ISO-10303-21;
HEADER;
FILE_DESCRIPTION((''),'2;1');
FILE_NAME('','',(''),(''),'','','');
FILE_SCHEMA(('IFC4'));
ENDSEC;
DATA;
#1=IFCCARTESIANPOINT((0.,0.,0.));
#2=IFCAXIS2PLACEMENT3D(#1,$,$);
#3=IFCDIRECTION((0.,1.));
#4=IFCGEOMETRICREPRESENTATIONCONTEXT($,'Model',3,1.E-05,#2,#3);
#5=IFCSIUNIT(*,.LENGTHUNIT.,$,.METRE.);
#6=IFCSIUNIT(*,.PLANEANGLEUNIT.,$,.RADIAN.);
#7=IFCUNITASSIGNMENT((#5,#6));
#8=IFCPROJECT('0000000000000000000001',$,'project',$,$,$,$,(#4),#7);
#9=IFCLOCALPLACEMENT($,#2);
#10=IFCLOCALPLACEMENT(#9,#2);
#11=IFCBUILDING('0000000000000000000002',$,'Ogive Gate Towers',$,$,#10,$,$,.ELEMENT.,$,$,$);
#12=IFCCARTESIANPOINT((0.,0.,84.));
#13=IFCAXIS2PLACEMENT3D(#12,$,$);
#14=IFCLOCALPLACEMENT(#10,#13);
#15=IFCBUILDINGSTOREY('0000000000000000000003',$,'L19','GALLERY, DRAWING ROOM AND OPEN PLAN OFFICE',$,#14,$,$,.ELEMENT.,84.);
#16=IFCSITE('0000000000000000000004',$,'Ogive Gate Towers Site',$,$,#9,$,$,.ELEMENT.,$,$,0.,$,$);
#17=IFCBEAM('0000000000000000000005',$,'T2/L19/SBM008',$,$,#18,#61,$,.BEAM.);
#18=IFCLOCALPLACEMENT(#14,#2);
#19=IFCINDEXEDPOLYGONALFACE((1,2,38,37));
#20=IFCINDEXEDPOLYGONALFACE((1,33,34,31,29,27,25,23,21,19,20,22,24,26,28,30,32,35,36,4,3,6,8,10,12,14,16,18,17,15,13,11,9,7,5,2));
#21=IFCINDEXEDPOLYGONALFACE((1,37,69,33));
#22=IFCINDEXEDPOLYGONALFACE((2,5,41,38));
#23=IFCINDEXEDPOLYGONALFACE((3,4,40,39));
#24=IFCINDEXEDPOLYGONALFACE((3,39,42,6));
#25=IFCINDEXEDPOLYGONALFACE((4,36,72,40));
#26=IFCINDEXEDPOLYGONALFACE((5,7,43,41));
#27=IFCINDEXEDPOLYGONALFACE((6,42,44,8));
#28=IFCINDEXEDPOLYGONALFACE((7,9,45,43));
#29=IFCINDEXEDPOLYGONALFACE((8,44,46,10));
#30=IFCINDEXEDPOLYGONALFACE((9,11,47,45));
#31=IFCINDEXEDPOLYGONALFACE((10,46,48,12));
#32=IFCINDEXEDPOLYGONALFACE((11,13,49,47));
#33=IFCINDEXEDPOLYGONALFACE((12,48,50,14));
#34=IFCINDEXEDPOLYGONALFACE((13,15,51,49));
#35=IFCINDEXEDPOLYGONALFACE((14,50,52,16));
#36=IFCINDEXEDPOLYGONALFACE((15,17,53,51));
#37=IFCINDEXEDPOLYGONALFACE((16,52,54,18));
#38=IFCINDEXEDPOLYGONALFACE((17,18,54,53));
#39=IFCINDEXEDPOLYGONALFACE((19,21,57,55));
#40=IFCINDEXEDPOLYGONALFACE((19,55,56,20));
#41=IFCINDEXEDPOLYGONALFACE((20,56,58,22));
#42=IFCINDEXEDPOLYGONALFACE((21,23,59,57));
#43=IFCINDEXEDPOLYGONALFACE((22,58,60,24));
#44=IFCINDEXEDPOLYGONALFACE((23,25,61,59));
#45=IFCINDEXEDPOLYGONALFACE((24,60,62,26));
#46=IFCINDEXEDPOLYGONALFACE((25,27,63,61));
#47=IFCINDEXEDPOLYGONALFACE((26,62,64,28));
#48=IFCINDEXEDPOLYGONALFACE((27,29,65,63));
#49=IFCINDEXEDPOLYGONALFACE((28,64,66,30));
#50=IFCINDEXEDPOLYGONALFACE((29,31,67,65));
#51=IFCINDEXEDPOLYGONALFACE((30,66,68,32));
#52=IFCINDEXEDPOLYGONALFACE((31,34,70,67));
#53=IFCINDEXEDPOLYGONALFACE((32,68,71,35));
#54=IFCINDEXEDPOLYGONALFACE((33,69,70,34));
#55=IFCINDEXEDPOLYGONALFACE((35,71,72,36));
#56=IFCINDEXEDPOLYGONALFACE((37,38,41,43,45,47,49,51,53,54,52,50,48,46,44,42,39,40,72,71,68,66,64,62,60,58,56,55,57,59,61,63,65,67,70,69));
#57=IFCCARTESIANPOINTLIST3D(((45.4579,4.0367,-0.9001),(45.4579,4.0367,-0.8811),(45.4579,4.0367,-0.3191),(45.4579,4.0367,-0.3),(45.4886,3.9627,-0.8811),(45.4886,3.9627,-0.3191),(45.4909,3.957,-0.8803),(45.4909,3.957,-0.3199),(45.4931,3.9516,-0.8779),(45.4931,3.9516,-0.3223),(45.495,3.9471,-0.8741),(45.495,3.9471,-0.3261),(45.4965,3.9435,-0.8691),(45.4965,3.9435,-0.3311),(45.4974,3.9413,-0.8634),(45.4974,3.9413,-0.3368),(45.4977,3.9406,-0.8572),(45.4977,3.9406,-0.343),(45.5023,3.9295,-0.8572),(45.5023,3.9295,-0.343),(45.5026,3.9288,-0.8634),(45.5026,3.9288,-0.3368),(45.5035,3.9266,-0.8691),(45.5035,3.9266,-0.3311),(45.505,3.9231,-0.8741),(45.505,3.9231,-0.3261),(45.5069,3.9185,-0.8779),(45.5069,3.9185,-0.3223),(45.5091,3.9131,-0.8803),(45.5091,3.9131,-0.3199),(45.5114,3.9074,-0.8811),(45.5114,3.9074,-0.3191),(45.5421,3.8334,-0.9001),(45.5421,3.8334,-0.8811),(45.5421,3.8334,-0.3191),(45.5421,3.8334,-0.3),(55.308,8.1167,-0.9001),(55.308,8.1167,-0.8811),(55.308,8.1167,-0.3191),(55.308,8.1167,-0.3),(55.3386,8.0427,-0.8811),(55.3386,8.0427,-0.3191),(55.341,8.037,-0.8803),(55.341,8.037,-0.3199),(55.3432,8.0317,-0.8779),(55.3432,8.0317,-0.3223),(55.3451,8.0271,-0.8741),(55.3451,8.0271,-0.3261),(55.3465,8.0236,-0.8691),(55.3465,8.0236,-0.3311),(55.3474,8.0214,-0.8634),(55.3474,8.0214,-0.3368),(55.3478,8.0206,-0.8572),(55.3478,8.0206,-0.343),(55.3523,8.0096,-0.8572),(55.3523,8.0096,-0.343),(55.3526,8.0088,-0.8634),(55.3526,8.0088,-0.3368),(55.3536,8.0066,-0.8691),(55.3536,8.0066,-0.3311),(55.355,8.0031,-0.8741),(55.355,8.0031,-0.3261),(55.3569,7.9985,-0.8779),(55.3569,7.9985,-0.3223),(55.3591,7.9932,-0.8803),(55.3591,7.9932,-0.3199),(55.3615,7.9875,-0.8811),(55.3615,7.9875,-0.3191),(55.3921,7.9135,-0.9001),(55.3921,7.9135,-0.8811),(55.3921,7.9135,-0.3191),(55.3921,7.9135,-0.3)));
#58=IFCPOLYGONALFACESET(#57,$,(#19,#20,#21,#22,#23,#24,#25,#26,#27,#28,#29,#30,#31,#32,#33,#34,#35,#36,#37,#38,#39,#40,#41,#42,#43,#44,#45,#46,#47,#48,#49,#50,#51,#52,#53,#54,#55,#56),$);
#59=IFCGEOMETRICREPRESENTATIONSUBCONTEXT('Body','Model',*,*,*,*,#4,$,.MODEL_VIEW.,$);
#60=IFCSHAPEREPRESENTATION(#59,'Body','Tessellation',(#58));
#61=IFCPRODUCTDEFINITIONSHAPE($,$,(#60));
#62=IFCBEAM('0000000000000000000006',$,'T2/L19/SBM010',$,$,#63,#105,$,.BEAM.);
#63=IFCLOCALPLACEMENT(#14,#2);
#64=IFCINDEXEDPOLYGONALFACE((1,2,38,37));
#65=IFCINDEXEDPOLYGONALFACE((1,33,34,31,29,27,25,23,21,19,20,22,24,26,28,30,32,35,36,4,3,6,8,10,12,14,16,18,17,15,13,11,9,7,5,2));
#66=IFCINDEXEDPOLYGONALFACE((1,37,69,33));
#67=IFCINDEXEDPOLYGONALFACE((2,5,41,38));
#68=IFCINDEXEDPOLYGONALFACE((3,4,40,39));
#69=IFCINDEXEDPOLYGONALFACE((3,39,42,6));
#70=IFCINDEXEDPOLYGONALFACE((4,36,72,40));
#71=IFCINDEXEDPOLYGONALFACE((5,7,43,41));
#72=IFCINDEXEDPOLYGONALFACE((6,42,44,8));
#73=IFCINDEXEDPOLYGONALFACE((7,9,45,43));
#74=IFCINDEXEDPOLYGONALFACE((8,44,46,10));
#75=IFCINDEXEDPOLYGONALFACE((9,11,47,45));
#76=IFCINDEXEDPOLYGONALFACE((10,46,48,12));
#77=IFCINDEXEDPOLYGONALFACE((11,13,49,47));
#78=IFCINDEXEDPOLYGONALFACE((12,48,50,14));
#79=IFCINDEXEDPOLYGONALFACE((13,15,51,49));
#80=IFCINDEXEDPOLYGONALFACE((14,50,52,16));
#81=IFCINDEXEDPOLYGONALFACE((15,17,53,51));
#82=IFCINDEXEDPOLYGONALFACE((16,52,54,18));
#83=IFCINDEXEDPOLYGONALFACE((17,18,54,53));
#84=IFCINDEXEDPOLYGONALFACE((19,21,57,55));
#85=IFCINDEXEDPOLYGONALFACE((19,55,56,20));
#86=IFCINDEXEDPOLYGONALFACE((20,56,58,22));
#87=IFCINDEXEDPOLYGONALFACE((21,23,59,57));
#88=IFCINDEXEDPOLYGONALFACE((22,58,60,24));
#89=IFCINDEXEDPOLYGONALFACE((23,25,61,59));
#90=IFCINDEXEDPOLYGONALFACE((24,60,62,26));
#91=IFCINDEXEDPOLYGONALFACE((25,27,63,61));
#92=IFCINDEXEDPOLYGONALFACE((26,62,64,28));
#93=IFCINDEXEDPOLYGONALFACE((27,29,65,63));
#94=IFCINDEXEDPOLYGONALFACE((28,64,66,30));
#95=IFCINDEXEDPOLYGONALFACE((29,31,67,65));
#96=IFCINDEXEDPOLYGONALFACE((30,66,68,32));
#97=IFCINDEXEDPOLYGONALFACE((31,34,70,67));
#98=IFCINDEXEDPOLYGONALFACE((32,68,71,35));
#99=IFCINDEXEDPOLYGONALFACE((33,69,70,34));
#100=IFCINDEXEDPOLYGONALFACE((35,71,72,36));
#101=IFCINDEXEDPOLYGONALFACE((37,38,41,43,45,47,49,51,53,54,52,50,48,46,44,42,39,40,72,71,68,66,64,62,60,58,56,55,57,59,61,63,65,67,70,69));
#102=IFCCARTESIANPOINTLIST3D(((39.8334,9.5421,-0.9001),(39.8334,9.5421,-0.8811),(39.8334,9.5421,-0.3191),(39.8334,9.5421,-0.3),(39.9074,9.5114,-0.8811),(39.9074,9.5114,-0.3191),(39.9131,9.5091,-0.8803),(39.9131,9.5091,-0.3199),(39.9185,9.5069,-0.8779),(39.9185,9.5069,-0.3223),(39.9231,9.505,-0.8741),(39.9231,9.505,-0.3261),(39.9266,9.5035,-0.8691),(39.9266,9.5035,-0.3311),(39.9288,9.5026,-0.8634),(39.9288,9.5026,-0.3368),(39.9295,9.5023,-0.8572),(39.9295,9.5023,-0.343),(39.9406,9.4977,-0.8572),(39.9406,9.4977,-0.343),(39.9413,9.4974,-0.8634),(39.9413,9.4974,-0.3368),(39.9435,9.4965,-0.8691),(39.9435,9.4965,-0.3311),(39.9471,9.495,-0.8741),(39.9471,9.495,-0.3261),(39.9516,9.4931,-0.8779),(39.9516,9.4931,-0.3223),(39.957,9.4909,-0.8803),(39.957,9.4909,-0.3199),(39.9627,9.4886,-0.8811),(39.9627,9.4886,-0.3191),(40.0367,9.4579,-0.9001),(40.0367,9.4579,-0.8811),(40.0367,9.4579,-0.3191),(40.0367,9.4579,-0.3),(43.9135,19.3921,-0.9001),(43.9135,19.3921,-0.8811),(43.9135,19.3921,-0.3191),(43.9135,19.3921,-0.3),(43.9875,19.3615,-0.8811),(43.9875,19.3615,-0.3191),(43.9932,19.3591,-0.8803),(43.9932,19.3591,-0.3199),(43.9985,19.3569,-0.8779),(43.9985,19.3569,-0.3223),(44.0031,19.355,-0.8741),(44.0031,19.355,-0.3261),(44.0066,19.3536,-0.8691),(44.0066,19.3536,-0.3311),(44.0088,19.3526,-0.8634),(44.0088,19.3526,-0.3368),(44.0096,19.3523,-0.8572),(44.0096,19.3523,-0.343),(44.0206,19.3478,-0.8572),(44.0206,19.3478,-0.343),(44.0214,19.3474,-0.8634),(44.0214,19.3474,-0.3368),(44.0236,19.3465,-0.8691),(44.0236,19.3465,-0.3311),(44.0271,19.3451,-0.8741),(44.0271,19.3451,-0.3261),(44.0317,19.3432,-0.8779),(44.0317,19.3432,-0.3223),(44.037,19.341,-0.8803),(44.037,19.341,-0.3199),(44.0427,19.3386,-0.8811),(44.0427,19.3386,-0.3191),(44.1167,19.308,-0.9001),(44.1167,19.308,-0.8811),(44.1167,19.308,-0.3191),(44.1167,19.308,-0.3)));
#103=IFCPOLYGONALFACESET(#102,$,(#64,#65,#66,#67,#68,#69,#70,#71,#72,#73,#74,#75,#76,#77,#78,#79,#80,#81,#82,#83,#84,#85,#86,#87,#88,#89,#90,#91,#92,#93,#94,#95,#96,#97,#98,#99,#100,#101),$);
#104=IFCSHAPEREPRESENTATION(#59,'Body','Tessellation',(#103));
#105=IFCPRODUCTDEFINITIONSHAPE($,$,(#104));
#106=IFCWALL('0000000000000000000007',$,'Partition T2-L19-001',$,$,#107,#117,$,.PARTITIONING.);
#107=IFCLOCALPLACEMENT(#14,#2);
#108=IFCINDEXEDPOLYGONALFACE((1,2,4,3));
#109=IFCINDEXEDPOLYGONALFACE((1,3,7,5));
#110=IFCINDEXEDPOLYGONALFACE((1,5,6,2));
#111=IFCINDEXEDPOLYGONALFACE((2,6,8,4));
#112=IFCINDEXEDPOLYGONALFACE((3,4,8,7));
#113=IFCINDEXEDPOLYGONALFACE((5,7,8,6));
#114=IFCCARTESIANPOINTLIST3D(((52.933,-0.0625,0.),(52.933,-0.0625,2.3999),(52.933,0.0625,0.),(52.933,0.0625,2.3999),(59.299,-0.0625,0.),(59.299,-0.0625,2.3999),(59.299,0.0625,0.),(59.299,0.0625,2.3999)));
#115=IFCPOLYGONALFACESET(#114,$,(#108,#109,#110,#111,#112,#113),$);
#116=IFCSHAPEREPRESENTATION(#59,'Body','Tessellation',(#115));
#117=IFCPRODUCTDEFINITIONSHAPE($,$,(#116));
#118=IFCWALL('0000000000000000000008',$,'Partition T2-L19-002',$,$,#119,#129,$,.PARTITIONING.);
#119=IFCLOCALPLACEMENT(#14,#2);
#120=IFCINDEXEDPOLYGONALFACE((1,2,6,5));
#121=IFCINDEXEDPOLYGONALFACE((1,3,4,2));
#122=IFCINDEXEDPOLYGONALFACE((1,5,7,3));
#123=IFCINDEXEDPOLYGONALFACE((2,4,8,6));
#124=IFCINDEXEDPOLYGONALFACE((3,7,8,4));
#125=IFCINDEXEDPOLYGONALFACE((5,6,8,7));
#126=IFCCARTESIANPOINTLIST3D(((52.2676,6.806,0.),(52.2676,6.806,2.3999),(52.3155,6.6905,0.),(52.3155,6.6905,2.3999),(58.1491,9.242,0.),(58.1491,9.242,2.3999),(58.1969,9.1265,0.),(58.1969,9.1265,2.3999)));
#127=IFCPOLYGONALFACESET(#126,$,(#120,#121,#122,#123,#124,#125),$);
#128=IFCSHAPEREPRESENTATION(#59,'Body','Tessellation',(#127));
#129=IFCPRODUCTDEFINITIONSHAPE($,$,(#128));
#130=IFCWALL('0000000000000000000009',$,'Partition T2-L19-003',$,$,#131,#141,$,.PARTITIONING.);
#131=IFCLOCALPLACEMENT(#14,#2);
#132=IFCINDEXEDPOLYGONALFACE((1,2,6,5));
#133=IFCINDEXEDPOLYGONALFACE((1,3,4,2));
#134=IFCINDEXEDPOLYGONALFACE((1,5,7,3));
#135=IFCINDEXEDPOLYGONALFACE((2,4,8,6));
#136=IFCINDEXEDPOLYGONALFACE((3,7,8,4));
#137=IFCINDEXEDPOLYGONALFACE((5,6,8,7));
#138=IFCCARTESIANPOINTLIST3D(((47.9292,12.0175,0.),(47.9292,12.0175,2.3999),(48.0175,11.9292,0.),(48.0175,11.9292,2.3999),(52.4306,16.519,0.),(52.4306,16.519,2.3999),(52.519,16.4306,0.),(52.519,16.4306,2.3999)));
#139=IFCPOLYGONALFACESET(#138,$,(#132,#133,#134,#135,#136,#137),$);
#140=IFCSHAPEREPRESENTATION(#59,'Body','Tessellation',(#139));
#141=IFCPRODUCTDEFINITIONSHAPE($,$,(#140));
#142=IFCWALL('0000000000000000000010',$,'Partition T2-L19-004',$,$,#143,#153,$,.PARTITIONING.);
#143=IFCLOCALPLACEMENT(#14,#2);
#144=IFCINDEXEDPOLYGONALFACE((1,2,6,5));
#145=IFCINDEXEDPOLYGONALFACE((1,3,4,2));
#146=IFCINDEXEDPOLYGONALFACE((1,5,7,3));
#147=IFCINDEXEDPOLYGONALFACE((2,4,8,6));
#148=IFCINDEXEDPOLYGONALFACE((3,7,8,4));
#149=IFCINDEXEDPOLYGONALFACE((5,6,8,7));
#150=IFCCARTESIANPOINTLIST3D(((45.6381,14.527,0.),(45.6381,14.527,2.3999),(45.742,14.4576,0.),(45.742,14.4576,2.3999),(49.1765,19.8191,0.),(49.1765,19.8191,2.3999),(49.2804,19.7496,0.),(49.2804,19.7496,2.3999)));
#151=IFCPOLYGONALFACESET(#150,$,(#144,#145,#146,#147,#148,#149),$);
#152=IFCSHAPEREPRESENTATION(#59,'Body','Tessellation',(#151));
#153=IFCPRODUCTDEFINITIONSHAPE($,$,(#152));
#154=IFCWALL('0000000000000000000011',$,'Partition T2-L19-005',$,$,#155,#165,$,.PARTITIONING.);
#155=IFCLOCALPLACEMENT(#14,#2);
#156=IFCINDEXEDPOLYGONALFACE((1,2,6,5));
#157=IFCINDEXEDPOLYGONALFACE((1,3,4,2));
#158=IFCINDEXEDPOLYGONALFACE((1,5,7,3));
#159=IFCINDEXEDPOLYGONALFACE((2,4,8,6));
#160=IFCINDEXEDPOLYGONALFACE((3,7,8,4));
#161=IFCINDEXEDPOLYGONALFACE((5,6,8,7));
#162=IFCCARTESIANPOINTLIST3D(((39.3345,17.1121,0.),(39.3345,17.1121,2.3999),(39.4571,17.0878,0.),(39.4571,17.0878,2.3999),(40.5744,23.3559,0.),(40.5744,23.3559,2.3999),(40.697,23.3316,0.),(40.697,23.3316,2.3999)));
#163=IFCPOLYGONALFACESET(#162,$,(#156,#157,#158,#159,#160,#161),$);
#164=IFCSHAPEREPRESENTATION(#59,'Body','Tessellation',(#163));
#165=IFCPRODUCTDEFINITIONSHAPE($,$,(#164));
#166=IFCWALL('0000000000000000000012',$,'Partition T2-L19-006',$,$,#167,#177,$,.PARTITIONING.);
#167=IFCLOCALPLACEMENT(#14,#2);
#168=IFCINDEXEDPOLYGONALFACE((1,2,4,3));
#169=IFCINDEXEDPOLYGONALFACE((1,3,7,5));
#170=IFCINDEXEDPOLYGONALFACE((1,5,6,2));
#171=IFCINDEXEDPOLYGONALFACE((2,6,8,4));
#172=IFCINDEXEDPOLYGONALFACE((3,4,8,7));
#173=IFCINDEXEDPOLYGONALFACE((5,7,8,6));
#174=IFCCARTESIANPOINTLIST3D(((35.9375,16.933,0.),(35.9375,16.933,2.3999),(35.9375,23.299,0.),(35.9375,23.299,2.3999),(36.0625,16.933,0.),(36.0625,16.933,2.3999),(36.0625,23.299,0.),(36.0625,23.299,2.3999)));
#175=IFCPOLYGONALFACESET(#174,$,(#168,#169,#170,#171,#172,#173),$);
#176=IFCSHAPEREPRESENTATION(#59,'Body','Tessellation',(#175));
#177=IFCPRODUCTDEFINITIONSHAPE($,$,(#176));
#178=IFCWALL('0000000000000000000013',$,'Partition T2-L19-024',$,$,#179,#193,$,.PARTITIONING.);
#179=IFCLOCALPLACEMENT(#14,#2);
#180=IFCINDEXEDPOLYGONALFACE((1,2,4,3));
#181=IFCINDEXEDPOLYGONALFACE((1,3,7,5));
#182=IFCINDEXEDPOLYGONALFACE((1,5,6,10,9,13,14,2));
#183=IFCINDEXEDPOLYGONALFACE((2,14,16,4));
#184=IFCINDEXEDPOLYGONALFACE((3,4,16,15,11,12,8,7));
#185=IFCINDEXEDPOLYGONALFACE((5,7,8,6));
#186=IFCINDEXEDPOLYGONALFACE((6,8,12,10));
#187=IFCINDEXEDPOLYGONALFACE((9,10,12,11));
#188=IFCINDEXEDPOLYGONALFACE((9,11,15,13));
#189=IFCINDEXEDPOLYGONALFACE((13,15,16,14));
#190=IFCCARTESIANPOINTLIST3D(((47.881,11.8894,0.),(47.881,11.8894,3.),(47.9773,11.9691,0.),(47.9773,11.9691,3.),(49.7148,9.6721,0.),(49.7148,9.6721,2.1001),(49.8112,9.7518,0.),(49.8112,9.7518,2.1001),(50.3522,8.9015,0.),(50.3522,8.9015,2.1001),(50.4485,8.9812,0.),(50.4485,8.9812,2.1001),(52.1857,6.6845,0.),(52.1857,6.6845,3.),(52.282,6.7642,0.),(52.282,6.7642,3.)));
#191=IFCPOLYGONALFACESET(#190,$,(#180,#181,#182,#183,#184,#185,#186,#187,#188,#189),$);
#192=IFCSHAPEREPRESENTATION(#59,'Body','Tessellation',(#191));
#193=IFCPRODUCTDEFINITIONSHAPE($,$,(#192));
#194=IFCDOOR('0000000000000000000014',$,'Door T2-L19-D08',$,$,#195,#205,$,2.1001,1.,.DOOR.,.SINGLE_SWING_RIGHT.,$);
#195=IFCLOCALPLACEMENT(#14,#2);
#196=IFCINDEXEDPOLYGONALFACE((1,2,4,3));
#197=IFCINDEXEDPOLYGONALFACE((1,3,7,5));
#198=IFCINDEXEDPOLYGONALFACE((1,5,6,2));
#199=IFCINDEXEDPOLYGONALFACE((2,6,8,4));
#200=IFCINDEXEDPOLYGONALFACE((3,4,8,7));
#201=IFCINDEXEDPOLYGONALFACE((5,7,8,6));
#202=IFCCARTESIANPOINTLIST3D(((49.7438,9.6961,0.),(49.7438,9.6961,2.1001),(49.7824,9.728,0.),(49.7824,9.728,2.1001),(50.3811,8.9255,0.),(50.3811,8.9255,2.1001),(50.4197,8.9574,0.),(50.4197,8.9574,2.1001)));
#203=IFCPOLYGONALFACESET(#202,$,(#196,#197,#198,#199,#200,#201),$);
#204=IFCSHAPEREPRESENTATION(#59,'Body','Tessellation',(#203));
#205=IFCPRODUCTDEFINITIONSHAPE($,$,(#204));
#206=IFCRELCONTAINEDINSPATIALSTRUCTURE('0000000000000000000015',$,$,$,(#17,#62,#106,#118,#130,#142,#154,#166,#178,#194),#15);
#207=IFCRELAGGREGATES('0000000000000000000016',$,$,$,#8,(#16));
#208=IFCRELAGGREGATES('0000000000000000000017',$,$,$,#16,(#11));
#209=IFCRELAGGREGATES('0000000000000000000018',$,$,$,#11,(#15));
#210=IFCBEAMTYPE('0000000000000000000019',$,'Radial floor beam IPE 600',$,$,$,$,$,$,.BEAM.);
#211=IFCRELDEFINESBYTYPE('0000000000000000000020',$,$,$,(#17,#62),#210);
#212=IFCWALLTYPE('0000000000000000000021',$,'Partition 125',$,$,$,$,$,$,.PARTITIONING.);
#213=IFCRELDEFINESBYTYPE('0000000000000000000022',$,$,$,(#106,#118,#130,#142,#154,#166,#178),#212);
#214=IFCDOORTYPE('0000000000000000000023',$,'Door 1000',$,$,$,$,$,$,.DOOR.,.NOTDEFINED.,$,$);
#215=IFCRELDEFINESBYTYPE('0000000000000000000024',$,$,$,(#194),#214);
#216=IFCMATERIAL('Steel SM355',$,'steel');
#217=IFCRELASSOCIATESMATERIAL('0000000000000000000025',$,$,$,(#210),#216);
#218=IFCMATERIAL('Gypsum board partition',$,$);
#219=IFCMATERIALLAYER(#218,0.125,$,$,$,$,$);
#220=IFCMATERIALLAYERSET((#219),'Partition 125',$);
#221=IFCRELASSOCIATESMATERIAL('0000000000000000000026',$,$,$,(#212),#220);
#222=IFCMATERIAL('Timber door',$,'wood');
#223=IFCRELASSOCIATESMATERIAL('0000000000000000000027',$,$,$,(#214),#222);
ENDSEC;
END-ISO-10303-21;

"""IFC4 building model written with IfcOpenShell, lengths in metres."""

from ifc_helpers import new_model, si_unit, direction, frame, frame_2d, origin, origin_2d, place, context, subcontext, project, spatial, rectangle, i_section, extrude, material, layer, layer_set, material_profile, profile_set, type_object, element, fill, save


model = new_model("IFC4")

# Units and contexts
model_context = context("Model", 3, precision=1e-05, world=origin(), true_north=direction((0.0, 1.0)))
body_context = subcontext(model_context, "Body", "Model", "MODEL_VIEW")
ifc_project = project(units=[si_unit("LENGTHUNIT", "METRE"), si_unit("PLANEANGLEUNIT", "RADIAN")], contexts=[model_context])

# Site, building, storey
site_placement = place(None, origin())
site = spatial("IfcSite", under=ifc_project, at=site_placement, Name="Ogive Gate Towers Site", CompositionType="ELEMENT", RefElevation=0.0)
building_placement = place(site_placement, origin())
building = spatial("IfcBuilding", under=site, at=building_placement, Name="Ogive Gate Towers", CompositionType="ELEMENT")
storey_placement = place(building_placement, frame((0.0, 0.0, 84.0)))
storey = spatial("IfcBuildingStorey", under=building, at=storey_placement, Name="L19", Description="GALLERY, DRAWING ROOM AND OPEN PLAN OFFICE", CompositionType="ELEMENT", Elevation=84.0)

# Beams
ifc_material_1 = material(Name="Steel SM355", Category="steel")
ifc_material_profile_1 = material_profile(ifc_material_1, i_section(OverallWidth=0.22, OverallDepth=0.6001, WebThickness=0.012, FlangeThickness=0.019, FilletRadius=0.0239, at=origin_2d()), Name="IPE 600")
ifc_profile_set_1 = profile_set([ifc_material_profile_1], Name="Steel SM355")
beam_type_1 = type_object("IfcBeamType", Name="Radial floor beam IPE 600", PredefinedType="BEAM", material=ifc_profile_set_1)
for number, where, z_axis, x_axis, name in (
    (1, (45.5, 3.9351, -0.6001), (0.923878, 0.382686, 0.0), (-0.382686, 0.923878, 0.0), "T2/L19/SBM008"),
    (2, (39.9351, 9.5, -0.6001), (0.382686, 0.923878, 0.0), (-0.923878, 0.382686, 0.0), "T2/L19/SBM010"),
):
    element("IfcBeam", number, at=place(storey_placement, frame(where, z_axis=z_axis, x_axis=x_axis)), inside=storey, type_object=beam_type_1, Name=name, PredefinedType="BEAM", context=body_context, shape_type="SweptSolid", body=[
        extrude(i_section(OverallWidth=0.22, OverallDepth=0.6001, WebThickness=0.012, FlangeThickness=0.019, FilletRadius=0.0239, at=origin_2d()), origin(), (0.0, 0.0, 1.0), 10.6616),
    ])

# Walls
ifc_material_2 = material(Name="Gypsum board partition")
ifc_layer_1 = layer(ifc_material_2, 0.125)
ifc_layer_set_1 = layer_set([ifc_layer_1], Name="Partition 125")
wall_type_1 = type_object("IfcWallType", Name="Partition 125", PredefinedType="PARTITIONING", material=ifc_layer_set_1)
for number, where, z_axis, x_axis, name in (
    (3, (59.2991, 0.0, 0.0), (0.0, 0.0, 1.0), (-1.0, 0.0, 0.0), "Partition T2-L19-001"),
    (4, (58.1731, 9.1843, 0.0), (0.0, 0.0, 1.0), (-0.923885, -0.38267, 0.0), "Partition T2-L19-002"),
    (5, (52.4749, 16.4749, 0.0), (0.0, 0.0, 1.0), (-0.707107, -0.707107, 0.0), "Partition T2-L19-003"),
    (6, (49.2285, 19.7844, 0.0), (0.0, 0.0, 1.0), (-0.555824, -0.8313, 0.0), "Partition T2-L19-004"),
):
    element("IfcWall", number, at=place(storey_placement, frame(where, z_axis=z_axis, x_axis=x_axis)), inside=storey, type_object=wall_type_1, Name=name, PredefinedType="PARTITIONING", context=body_context, shape_type="SweptSolid", body=[
        extrude(rectangle(XDim=6.366, YDim=0.125, at=frame_2d((3.1831, 0.0))), origin(), (0.0, 0.0, 1.0), 2.3999),
    ])
wall_1_placement = place(storey_placement, frame((40.6357, 23.3438, 0.0), z_axis=(0.0, 0.0, 1.0), x_axis=(-0.194788, -0.980845, 0.0)))
element("IfcWall", 7, at=wall_1_placement, inside=storey, type_object=wall_type_1, Name="Partition T2-L19-005", PredefinedType="PARTITIONING", context=body_context, shape_type="SweptSolid", body=[
    extrude(rectangle(XDim=6.3657, YDim=0.125, at=frame_2d((3.1829, 0.0))), origin(), (0.0, 0.0, 1.0), 2.3999),
])
wall_2_placement = place(storey_placement, frame((36.0, 23.2991, 0.0), z_axis=(0.0, 0.0, 1.0), x_axis=(0.0, -1.0, 0.0)))
element("IfcWall", 8, at=wall_2_placement, inside=storey, type_object=wall_type_1, Name="Partition T2-L19-006", PredefinedType="PARTITIONING", context=body_context, shape_type="SweptSolid", body=[
    extrude(rectangle(XDim=6.366, YDim=0.125, at=frame_2d((3.1831, 0.0))), origin(), (0.0, 0.0, 1.0), 2.3999),
])

# Wall, opening, door
wall_3_placement = place(storey_placement, frame((52.2339, 6.7244, 0.0), z_axis=(0.0, 0.0, 1.0), x_axis=(-0.637325, 0.770595, 0.0)))
wall_3 = element("IfcWall", 9, at=wall_3_placement, inside=storey, type_object=wall_type_1, Name="Partition T2-L19-024", PredefinedType="PARTITIONING", context=body_context, shape_type="SweptSolid", body=[
    extrude(rectangle(XDim=6.7544, YDim=0.125, at=frame_2d((3.3772, 0.0))), origin(), (0.0, 0.0, 1.0), 3.0),
])
opening_1_placement = place(wall_3_placement, frame((2.877, 0.0, 0.0)))
opening_1 = element("IfcOpeningElement", 10, at=opening_1_placement, cuts=wall_3, PredefinedType="OPENING", context=body_context, shape_type="SweptSolid", body=[
    extrude(rectangle(XDim=1.0, YDim=2.1001, at=frame_2d((0.5, 1.05))), frame((0.0, 0.0725, 0.0), z_axis=(0.0, -1.0, 0.0), x_axis=(1.0, 0.0, 0.0)), (0.0, 0.0, 1.0), 0.145),
])
ifc_material_3 = material(Name="Timber door", Category="wood")
door_type_1 = type_object("IfcDoorType", Name="Door 1000", OperationType="NOTDEFINED", PredefinedType="DOOR", material=ifc_material_3)
door_1_placement = place(opening_1_placement, origin())
door_1 = element("IfcDoor", 11, at=door_1_placement, inside=storey, type_object=door_type_1, Name="Door T2-L19-D08", OperationType="SINGLE_SWING_RIGHT", OverallHeight=2.1001, OverallWidth=1.0, PredefinedType="DOOR", context=body_context, shape_type="SweptSolid", body=[
    extrude(rectangle(XDim=1.0, YDim=2.1001, at=frame_2d((0.5, 1.05))), frame((0.0, 0.0249, 0.0), z_axis=(0.0, -1.0, 0.0), x_axis=(1.0, 0.0, 0.0)), (0.0, 0.0, 1.0), 0.05),
])
fill(opening_1, door_1)

save(model, "model.ifc")
